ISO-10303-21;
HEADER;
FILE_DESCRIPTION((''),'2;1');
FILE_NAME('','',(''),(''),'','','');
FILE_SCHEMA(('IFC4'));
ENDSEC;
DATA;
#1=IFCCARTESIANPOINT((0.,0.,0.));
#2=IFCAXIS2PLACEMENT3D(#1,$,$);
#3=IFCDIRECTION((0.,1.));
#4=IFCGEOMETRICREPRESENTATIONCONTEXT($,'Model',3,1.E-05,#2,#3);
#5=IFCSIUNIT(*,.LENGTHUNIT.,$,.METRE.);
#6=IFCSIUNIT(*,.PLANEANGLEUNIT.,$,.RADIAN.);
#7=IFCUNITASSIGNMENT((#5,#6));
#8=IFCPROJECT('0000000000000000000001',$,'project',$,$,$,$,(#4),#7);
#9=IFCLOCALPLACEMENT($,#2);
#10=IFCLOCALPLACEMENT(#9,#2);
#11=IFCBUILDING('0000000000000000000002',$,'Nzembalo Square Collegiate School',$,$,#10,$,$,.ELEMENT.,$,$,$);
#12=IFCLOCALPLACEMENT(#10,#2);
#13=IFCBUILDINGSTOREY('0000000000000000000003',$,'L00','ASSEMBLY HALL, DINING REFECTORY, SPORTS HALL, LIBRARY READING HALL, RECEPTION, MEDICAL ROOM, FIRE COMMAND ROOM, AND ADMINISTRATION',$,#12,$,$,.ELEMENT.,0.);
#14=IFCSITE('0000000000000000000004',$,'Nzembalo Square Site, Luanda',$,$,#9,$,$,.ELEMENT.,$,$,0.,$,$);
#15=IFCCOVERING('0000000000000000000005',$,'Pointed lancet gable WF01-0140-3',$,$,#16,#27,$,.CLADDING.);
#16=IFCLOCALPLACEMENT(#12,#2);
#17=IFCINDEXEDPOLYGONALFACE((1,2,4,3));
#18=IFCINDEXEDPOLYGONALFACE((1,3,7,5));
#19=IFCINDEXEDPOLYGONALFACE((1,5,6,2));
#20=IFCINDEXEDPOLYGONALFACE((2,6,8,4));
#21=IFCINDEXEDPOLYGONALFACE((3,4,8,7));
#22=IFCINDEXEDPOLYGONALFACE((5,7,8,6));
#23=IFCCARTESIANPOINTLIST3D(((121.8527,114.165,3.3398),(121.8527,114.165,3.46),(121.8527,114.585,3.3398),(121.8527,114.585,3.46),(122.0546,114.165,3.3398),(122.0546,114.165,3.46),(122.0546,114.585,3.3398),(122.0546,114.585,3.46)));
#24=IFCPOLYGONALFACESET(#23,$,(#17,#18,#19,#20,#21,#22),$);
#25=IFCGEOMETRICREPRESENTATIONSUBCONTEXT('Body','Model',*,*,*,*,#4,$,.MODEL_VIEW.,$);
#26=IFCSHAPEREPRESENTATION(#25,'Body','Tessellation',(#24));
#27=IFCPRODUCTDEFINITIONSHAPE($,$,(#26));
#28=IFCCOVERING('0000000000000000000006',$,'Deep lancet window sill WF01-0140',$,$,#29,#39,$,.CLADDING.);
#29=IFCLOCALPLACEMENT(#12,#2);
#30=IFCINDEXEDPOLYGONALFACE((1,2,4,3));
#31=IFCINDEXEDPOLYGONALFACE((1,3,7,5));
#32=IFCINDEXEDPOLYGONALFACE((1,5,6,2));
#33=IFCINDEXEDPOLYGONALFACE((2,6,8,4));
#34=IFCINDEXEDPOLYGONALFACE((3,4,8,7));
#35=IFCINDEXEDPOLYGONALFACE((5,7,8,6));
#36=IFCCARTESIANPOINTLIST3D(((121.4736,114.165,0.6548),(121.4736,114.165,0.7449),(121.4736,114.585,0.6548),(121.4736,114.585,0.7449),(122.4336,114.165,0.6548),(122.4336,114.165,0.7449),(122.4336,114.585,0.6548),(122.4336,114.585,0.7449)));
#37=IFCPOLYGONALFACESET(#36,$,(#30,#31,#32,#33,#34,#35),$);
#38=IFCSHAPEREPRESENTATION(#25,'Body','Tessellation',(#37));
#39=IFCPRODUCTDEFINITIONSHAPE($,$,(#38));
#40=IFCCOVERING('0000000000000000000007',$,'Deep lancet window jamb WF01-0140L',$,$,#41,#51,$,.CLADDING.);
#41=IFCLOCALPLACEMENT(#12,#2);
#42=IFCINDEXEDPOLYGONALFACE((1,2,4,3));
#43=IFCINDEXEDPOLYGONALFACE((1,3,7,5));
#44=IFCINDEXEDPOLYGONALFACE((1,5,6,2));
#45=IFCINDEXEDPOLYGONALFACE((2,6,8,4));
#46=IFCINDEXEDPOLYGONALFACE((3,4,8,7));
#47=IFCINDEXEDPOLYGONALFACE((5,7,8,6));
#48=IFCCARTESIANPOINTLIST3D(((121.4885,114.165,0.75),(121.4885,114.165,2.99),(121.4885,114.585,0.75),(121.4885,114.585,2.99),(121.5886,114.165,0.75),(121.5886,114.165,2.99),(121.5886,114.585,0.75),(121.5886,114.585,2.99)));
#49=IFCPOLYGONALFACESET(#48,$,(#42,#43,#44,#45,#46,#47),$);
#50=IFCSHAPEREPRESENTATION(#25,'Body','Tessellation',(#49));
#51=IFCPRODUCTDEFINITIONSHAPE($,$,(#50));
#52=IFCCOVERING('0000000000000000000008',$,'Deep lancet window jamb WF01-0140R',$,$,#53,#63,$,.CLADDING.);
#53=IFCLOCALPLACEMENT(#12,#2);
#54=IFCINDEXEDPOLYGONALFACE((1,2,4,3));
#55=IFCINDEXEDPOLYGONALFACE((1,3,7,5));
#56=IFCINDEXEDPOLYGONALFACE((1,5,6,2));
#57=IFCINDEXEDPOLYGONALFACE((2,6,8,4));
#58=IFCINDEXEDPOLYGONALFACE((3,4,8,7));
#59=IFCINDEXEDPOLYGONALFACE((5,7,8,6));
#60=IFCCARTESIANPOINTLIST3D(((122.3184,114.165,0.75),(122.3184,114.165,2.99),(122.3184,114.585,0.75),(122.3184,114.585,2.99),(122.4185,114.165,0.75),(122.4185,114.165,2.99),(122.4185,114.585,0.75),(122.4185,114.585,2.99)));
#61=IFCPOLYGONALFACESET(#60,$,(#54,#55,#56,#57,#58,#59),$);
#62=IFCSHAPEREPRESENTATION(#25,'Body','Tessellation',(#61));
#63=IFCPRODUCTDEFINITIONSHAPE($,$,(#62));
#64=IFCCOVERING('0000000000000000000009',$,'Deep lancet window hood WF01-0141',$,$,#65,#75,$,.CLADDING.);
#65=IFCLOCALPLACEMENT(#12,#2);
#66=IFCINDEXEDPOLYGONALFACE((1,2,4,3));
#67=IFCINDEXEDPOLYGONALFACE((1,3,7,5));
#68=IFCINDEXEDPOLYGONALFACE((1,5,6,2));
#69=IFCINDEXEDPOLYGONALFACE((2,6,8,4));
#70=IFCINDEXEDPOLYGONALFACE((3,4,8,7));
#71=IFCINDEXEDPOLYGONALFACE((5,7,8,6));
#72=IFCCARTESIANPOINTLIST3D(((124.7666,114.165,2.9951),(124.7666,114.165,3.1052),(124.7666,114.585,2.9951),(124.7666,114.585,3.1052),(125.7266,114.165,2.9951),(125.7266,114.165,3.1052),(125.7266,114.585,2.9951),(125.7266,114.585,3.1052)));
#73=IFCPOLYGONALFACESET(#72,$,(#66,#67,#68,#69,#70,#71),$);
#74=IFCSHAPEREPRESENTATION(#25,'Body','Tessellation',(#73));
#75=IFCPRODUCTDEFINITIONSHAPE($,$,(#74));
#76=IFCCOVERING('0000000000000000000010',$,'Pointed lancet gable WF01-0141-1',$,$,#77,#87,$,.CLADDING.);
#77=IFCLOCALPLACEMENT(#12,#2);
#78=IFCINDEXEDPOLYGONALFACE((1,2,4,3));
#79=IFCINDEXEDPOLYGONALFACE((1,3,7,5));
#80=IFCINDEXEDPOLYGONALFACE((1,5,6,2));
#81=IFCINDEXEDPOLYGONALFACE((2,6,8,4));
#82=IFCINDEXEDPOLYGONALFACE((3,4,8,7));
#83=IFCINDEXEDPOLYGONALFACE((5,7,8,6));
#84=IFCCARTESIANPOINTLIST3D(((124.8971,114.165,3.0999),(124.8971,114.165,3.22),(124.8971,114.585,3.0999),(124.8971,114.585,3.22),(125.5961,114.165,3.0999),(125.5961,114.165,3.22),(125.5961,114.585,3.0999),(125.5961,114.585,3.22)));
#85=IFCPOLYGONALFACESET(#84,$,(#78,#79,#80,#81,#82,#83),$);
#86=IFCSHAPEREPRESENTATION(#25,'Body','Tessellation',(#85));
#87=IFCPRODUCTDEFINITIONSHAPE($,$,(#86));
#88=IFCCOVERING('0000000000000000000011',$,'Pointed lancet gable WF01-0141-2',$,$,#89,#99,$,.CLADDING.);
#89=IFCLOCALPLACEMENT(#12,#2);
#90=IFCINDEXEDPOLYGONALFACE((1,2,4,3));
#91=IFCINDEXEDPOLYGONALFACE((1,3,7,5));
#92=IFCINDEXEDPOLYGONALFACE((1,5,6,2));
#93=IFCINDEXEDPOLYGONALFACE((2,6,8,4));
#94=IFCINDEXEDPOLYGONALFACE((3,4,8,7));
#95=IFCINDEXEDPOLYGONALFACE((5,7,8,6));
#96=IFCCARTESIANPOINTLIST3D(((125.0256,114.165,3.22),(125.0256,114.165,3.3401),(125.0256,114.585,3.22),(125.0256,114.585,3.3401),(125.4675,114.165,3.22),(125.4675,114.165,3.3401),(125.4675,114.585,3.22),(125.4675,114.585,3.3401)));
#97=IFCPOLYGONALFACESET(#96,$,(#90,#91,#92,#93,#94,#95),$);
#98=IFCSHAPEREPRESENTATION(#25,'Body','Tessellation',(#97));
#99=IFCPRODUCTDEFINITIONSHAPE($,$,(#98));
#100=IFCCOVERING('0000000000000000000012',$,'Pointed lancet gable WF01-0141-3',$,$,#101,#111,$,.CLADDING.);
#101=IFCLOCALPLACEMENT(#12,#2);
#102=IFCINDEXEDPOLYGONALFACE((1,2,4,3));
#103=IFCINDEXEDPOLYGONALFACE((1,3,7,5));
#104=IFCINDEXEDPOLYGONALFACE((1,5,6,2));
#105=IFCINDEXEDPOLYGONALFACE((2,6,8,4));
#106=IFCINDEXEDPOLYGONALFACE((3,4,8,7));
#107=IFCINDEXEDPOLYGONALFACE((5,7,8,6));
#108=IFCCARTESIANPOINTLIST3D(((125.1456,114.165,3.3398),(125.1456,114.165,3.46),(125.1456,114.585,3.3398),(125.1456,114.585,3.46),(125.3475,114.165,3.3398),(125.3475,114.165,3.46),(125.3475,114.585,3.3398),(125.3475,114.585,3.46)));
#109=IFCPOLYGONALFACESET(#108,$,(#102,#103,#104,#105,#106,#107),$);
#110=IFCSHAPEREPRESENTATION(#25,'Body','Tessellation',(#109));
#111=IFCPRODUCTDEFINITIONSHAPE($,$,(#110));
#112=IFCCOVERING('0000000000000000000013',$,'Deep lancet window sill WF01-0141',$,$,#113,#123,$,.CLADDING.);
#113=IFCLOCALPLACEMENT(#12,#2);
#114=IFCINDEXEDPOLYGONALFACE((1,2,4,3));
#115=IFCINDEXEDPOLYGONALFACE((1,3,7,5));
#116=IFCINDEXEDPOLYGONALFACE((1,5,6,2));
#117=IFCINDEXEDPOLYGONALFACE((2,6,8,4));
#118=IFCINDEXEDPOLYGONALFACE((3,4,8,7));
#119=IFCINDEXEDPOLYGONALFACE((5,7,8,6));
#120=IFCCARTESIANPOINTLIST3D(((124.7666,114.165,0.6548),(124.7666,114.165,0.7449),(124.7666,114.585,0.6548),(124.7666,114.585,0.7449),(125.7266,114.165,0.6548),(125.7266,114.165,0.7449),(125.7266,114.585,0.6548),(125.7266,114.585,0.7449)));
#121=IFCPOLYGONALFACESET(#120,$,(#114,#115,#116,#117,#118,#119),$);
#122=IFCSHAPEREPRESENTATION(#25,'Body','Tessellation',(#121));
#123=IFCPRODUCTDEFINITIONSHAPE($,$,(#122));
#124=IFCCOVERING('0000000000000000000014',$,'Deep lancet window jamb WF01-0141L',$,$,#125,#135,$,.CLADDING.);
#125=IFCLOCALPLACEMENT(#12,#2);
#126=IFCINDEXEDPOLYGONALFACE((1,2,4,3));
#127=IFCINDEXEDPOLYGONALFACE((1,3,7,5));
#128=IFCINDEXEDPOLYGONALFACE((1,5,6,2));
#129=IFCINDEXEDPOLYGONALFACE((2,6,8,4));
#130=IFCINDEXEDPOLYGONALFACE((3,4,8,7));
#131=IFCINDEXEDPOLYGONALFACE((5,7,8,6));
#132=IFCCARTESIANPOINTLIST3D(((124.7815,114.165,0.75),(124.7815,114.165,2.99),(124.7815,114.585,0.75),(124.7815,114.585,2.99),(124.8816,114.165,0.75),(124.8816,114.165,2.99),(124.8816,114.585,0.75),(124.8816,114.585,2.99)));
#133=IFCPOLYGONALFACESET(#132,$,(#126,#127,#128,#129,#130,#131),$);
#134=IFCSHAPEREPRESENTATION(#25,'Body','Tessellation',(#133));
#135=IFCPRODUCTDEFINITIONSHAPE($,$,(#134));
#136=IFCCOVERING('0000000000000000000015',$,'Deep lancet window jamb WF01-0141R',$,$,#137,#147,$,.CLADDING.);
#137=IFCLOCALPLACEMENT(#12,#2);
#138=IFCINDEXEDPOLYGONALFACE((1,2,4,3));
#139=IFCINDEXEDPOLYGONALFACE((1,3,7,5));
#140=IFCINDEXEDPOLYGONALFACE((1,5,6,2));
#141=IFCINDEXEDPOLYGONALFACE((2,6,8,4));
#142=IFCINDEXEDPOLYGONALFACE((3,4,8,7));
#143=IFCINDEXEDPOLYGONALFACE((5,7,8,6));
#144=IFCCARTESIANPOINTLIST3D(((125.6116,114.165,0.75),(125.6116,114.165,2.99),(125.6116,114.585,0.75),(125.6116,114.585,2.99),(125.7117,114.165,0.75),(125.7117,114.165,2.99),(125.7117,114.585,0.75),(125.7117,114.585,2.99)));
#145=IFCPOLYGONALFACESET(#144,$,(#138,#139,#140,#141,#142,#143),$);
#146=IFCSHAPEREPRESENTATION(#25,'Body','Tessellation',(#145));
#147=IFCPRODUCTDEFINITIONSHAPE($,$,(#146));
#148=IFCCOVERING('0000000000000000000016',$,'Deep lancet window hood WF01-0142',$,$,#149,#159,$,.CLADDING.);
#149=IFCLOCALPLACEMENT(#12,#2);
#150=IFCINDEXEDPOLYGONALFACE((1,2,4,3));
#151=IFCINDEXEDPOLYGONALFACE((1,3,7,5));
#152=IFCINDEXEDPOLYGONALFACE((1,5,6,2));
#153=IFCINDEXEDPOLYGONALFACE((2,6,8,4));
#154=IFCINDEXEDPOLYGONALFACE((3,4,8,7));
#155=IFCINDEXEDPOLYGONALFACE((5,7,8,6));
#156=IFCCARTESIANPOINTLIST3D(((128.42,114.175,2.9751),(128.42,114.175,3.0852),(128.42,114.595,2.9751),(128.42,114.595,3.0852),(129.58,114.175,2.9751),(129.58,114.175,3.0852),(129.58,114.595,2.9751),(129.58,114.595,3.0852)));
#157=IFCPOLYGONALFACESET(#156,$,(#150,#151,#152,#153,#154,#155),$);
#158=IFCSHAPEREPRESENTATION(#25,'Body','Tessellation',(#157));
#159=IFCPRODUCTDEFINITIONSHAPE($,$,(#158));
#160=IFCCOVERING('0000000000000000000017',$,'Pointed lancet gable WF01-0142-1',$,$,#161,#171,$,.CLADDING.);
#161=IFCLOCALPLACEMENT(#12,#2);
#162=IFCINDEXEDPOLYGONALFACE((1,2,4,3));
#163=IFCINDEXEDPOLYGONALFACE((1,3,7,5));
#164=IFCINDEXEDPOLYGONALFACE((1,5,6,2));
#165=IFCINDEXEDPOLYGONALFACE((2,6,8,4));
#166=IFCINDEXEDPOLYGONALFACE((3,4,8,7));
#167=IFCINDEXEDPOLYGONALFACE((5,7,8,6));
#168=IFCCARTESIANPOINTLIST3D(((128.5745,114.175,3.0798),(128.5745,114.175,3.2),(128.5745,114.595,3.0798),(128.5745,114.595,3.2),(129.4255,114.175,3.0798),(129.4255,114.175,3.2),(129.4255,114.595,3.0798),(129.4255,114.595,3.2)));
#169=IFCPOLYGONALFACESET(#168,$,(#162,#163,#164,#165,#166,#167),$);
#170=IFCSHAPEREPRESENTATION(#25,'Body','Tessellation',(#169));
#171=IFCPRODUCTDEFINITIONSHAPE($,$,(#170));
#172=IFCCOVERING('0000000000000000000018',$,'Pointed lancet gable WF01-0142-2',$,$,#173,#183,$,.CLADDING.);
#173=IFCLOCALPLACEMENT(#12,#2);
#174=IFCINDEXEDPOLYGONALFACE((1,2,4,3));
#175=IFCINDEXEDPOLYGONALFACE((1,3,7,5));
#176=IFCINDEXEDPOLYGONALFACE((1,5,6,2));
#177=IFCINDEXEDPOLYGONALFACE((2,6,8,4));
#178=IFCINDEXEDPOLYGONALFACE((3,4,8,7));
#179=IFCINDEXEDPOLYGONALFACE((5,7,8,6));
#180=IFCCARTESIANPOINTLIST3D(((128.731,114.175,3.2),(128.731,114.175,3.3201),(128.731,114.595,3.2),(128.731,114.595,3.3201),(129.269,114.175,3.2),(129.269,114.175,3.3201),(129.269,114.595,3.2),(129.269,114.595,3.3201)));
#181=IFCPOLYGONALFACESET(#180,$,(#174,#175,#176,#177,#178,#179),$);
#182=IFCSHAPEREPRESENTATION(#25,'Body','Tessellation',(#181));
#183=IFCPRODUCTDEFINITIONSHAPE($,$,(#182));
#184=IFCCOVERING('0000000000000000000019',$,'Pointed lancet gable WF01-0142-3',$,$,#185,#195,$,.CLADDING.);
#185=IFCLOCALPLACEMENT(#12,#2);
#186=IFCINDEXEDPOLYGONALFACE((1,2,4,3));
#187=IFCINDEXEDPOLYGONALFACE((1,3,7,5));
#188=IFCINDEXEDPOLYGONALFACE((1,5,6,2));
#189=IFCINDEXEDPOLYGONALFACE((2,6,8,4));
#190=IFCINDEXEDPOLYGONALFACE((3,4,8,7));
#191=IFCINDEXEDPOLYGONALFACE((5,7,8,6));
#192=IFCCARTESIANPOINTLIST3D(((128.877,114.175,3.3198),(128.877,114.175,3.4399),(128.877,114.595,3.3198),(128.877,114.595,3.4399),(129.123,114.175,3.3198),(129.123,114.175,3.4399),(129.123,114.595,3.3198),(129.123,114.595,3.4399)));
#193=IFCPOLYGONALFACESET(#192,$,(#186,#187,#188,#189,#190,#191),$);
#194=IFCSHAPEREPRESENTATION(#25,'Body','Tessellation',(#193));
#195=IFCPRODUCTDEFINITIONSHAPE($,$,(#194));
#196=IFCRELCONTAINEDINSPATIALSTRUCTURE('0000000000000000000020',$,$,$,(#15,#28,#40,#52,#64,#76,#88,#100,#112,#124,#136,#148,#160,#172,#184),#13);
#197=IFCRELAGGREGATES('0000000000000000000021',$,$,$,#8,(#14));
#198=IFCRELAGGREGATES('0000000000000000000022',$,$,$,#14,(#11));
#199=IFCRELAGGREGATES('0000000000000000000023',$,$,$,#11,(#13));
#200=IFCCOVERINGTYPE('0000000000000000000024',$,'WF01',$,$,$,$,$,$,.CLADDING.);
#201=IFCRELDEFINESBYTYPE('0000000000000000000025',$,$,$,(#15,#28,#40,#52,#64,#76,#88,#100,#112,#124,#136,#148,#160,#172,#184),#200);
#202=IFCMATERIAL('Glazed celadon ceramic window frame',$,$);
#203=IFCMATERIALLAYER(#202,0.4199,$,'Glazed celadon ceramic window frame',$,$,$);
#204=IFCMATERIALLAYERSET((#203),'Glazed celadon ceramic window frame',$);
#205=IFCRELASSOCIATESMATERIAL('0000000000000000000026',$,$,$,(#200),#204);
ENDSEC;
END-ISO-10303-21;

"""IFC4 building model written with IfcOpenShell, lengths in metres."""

from ifc_helpers import new_model, si_unit, direction, frame, origin, origin_2d, place, context, subcontext, project, spatial, rectangle, extrude, material, layer, layer_set, type_object, element, save


model = new_model("IFC4")

# Units and contexts
model_context = context("Model", 3, precision=1e-05, world=origin(), true_north=direction((0.0, 1.0)))
body_context = subcontext(model_context, "Body", "Model", "MODEL_VIEW")
ifc_project = project(units=[si_unit("LENGTHUNIT", "METRE"), si_unit("PLANEANGLEUNIT", "RADIAN")], contexts=[model_context])

# Site, building, storey
site_placement = place(None, origin())
site = spatial("IfcSite", under=ifc_project, at=site_placement, Name="Nzembalo Square Site, Luanda", CompositionType="ELEMENT", RefElevation=0.0)
building_placement = place(site_placement, origin())
building = spatial("IfcBuilding", under=site, at=building_placement, Name="Nzembalo Square Collegiate School", CompositionType="ELEMENT")
storey_placement = place(building_placement, origin())
storey = spatial("IfcBuildingStorey", under=building, at=storey_placement, Name="L00", Description="ASSEMBLY HALL, DINING REFECTORY, SPORTS HALL, LIBRARY READING HALL, RECEPTION, MEDICAL ROOM, FIRE COMMAND ROOM, AND ADMINISTRATION", CompositionType="ELEMENT", Elevation=0.0)

# Coverings
ifc_material_1 = material(Name="Glazed celadon ceramic window frame")
ifc_layer_1 = layer(ifc_material_1, 0.4199, Name="Glazed celadon ceramic window frame")
ifc_layer_set_1 = layer_set([ifc_layer_1], Name="Glazed celadon ceramic window frame")
covering_type = type_object("IfcCoveringType", Name="WF01", PredefinedType="CLADDING", material=ifc_layer_set_1)
covering_1_placement = place(storey_placement, frame((121.9536, 114.375, 3.3398), z_axis=(0.0, 0.0, 1.0), x_axis=(1.0, 0.0, 0.0)))
element("IfcCovering", 1, at=covering_1_placement, inside=storey, type_object=covering_type, Name="Pointed lancet gable WF01-0140-3", PredefinedType="CLADDING", context=body_context, shape_type="SweptSolid", body=[
    extrude(rectangle(XDim=0.2019, YDim=0.4199, at=origin_2d()), origin(), (0.0, 0.0, 1.0), 0.1201),
])
covering_2_placement = place(storey_placement, frame((121.9536, 114.375, 0.6548), z_axis=(0.0, 0.0, 1.0), x_axis=(1.0, 0.0, 0.0)))
element("IfcCovering", 2, at=covering_2_placement, inside=storey, type_object=covering_type, Name="Deep lancet window sill WF01-0140", PredefinedType="CLADDING", context=body_context, shape_type="SweptSolid", body=[
    extrude(rectangle(XDim=0.96, YDim=0.4199, at=origin_2d()), origin(), (0.0, 0.0, 1.0), 0.0901),
])
for number, where, z_axis, x_axis, name in (
    (3, (121.5386, 114.375, 0.75), (0.0, 0.0, 1.0), (1.0, 0.0, 0.0), "Deep lancet window jamb WF01-0140L"),
    (4, (122.3684, 114.375, 0.75), (0.0, 0.0, 1.0), (1.0, 0.0, 0.0), "Deep lancet window jamb WF01-0140R"),
):
    element("IfcCovering", number, at=place(storey_placement, frame(where, z_axis=z_axis, x_axis=x_axis)), inside=storey, type_object=covering_type, Name=name, PredefinedType="CLADDING", context=body_context, shape_type="SweptSolid", body=[
        extrude(rectangle(XDim=0.1001, YDim=0.4199, at=origin_2d()), origin(), (0.0, 0.0, 1.0), 2.24),
    ])
covering_3_placement = place(storey_placement, frame((125.2466, 114.375, 2.9951), z_axis=(0.0, 0.0, 1.0), x_axis=(1.0, 0.0, 0.0)))
element("IfcCovering", 5, at=covering_3_placement, inside=storey, type_object=covering_type, Name="Deep lancet window hood WF01-0141", PredefinedType="CLADDING", context=body_context, shape_type="SweptSolid", body=[
    extrude(rectangle(XDim=0.96, YDim=0.4199, at=origin_2d()), origin(), (0.0, 0.0, 1.0), 0.1101),
])
covering_4_placement = place(storey_placement, frame((125.2466, 114.375, 3.0999), z_axis=(0.0, 0.0, 1.0), x_axis=(1.0, 0.0, 0.0)))
element("IfcCovering", 6, at=covering_4_placement, inside=storey, type_object=covering_type, Name="Pointed lancet gable WF01-0141-1", PredefinedType="CLADDING", context=body_context, shape_type="SweptSolid", body=[
    extrude(rectangle(XDim=0.699, YDim=0.4199, at=origin_2d()), origin(), (0.0, 0.0, 1.0), 0.1201),
])
covering_5_placement = place(storey_placement, frame((125.2466, 114.375, 3.22), z_axis=(0.0, 0.0, 1.0), x_axis=(1.0, 0.0, 0.0)))
element("IfcCovering", 7, at=covering_5_placement, inside=storey, type_object=covering_type, Name="Pointed lancet gable WF01-0141-2", PredefinedType="CLADDING", context=body_context, shape_type="SweptSolid", body=[
    extrude(rectangle(XDim=0.4419, YDim=0.4199, at=origin_2d()), origin(), (0.0, 0.0, 1.0), 0.1201),
])
covering_6_placement = place(storey_placement, frame((125.2466, 114.375, 3.3398), z_axis=(0.0, 0.0, 1.0), x_axis=(1.0, 0.0, 0.0)))
element("IfcCovering", 8, at=covering_6_placement, inside=storey, type_object=covering_type, Name="Pointed lancet gable WF01-0141-3", PredefinedType="CLADDING", context=body_context, shape_type="SweptSolid", body=[
    extrude(rectangle(XDim=0.2019, YDim=0.4199, at=origin_2d()), origin(), (0.0, 0.0, 1.0), 0.1201),
])
covering_7_placement = place(storey_placement, frame((125.2466, 114.375, 0.6548), z_axis=(0.0, 0.0, 1.0), x_axis=(1.0, 0.0, 0.0)))
element("IfcCovering", 9, at=covering_7_placement, inside=storey, type_object=covering_type, Name="Deep lancet window sill WF01-0141", PredefinedType="CLADDING", context=body_context, shape_type="SweptSolid", body=[
    extrude(rectangle(XDim=0.96, YDim=0.4199, at=origin_2d()), origin(), (0.0, 0.0, 1.0), 0.0901),
])
for number, where, z_axis, x_axis, name in (
    (10, (124.8315, 114.375, 0.75), (0.0, 0.0, 1.0), (1.0, 0.0, 0.0), "Deep lancet window jamb WF01-0141L"),
    (11, (125.6616, 114.375, 0.75), (0.0, 0.0, 1.0), (1.0, 0.0, 0.0), "Deep lancet window jamb WF01-0141R"),
):
    element("IfcCovering", number, at=place(storey_placement, frame(where, z_axis=z_axis, x_axis=x_axis)), inside=storey, type_object=covering_type, Name=name, PredefinedType="CLADDING", context=body_context, shape_type="SweptSolid", body=[
        extrude(rectangle(XDim=0.1001, YDim=0.4199, at=origin_2d()), origin(), (0.0, 0.0, 1.0), 2.24),
    ])
covering_8_placement = place(storey_placement, frame((129.0, 114.385, 2.9751), z_axis=(0.0, 0.0, 1.0), x_axis=(1.0, 0.0, 0.0)))
element("IfcCovering", 12, at=covering_8_placement, inside=storey, type_object=covering_type, Name="Deep lancet window hood WF01-0142", PredefinedType="CLADDING", context=body_context, shape_type="SweptSolid", body=[
    extrude(rectangle(XDim=1.1599, YDim=0.4199, at=origin_2d()), origin(), (0.0, 0.0, 1.0), 0.1101),
])
covering_9_placement = place(storey_placement, frame((129.0, 114.385, 3.0798), z_axis=(0.0, 0.0, 1.0), x_axis=(1.0, 0.0, 0.0)))
element("IfcCovering", 13, at=covering_9_placement, inside=storey, type_object=covering_type, Name="Pointed lancet gable WF01-0142-1", PredefinedType="CLADDING", context=body_context, shape_type="SweptSolid", body=[
    extrude(rectangle(XDim=0.8511, YDim=0.4199, at=origin_2d()), origin(), (0.0, 0.0, 1.0), 0.1201),
])
covering_10_placement = place(storey_placement, frame((129.0, 114.385, 3.2), z_axis=(0.0, 0.0, 1.0), x_axis=(1.0, 0.0, 0.0)))
element("IfcCovering", 14, at=covering_10_placement, inside=storey, type_object=covering_type, Name="Pointed lancet gable WF01-0142-2", PredefinedType="CLADDING", context=body_context, shape_type="SweptSolid", body=[
    extrude(rectangle(XDim=0.5381, YDim=0.4199, at=origin_2d()), origin(), (0.0, 0.0, 1.0), 0.1201),
])
covering_11_placement = place(storey_placement, frame((129.0, 114.385, 3.3198), z_axis=(0.0, 0.0, 1.0), x_axis=(1.0, 0.0, 0.0)))
element("IfcCovering", 15, at=covering_11_placement, inside=storey, type_object=covering_type, Name="Pointed lancet gable WF01-0142-3", PredefinedType="CLADDING", context=body_context, shape_type="SweptSolid", body=[
    extrude(rectangle(XDim=0.2461, YDim=0.4199, at=origin_2d()), origin(), (0.0, 0.0, 1.0), 0.1201),
])

save(model, "model.ifc")
